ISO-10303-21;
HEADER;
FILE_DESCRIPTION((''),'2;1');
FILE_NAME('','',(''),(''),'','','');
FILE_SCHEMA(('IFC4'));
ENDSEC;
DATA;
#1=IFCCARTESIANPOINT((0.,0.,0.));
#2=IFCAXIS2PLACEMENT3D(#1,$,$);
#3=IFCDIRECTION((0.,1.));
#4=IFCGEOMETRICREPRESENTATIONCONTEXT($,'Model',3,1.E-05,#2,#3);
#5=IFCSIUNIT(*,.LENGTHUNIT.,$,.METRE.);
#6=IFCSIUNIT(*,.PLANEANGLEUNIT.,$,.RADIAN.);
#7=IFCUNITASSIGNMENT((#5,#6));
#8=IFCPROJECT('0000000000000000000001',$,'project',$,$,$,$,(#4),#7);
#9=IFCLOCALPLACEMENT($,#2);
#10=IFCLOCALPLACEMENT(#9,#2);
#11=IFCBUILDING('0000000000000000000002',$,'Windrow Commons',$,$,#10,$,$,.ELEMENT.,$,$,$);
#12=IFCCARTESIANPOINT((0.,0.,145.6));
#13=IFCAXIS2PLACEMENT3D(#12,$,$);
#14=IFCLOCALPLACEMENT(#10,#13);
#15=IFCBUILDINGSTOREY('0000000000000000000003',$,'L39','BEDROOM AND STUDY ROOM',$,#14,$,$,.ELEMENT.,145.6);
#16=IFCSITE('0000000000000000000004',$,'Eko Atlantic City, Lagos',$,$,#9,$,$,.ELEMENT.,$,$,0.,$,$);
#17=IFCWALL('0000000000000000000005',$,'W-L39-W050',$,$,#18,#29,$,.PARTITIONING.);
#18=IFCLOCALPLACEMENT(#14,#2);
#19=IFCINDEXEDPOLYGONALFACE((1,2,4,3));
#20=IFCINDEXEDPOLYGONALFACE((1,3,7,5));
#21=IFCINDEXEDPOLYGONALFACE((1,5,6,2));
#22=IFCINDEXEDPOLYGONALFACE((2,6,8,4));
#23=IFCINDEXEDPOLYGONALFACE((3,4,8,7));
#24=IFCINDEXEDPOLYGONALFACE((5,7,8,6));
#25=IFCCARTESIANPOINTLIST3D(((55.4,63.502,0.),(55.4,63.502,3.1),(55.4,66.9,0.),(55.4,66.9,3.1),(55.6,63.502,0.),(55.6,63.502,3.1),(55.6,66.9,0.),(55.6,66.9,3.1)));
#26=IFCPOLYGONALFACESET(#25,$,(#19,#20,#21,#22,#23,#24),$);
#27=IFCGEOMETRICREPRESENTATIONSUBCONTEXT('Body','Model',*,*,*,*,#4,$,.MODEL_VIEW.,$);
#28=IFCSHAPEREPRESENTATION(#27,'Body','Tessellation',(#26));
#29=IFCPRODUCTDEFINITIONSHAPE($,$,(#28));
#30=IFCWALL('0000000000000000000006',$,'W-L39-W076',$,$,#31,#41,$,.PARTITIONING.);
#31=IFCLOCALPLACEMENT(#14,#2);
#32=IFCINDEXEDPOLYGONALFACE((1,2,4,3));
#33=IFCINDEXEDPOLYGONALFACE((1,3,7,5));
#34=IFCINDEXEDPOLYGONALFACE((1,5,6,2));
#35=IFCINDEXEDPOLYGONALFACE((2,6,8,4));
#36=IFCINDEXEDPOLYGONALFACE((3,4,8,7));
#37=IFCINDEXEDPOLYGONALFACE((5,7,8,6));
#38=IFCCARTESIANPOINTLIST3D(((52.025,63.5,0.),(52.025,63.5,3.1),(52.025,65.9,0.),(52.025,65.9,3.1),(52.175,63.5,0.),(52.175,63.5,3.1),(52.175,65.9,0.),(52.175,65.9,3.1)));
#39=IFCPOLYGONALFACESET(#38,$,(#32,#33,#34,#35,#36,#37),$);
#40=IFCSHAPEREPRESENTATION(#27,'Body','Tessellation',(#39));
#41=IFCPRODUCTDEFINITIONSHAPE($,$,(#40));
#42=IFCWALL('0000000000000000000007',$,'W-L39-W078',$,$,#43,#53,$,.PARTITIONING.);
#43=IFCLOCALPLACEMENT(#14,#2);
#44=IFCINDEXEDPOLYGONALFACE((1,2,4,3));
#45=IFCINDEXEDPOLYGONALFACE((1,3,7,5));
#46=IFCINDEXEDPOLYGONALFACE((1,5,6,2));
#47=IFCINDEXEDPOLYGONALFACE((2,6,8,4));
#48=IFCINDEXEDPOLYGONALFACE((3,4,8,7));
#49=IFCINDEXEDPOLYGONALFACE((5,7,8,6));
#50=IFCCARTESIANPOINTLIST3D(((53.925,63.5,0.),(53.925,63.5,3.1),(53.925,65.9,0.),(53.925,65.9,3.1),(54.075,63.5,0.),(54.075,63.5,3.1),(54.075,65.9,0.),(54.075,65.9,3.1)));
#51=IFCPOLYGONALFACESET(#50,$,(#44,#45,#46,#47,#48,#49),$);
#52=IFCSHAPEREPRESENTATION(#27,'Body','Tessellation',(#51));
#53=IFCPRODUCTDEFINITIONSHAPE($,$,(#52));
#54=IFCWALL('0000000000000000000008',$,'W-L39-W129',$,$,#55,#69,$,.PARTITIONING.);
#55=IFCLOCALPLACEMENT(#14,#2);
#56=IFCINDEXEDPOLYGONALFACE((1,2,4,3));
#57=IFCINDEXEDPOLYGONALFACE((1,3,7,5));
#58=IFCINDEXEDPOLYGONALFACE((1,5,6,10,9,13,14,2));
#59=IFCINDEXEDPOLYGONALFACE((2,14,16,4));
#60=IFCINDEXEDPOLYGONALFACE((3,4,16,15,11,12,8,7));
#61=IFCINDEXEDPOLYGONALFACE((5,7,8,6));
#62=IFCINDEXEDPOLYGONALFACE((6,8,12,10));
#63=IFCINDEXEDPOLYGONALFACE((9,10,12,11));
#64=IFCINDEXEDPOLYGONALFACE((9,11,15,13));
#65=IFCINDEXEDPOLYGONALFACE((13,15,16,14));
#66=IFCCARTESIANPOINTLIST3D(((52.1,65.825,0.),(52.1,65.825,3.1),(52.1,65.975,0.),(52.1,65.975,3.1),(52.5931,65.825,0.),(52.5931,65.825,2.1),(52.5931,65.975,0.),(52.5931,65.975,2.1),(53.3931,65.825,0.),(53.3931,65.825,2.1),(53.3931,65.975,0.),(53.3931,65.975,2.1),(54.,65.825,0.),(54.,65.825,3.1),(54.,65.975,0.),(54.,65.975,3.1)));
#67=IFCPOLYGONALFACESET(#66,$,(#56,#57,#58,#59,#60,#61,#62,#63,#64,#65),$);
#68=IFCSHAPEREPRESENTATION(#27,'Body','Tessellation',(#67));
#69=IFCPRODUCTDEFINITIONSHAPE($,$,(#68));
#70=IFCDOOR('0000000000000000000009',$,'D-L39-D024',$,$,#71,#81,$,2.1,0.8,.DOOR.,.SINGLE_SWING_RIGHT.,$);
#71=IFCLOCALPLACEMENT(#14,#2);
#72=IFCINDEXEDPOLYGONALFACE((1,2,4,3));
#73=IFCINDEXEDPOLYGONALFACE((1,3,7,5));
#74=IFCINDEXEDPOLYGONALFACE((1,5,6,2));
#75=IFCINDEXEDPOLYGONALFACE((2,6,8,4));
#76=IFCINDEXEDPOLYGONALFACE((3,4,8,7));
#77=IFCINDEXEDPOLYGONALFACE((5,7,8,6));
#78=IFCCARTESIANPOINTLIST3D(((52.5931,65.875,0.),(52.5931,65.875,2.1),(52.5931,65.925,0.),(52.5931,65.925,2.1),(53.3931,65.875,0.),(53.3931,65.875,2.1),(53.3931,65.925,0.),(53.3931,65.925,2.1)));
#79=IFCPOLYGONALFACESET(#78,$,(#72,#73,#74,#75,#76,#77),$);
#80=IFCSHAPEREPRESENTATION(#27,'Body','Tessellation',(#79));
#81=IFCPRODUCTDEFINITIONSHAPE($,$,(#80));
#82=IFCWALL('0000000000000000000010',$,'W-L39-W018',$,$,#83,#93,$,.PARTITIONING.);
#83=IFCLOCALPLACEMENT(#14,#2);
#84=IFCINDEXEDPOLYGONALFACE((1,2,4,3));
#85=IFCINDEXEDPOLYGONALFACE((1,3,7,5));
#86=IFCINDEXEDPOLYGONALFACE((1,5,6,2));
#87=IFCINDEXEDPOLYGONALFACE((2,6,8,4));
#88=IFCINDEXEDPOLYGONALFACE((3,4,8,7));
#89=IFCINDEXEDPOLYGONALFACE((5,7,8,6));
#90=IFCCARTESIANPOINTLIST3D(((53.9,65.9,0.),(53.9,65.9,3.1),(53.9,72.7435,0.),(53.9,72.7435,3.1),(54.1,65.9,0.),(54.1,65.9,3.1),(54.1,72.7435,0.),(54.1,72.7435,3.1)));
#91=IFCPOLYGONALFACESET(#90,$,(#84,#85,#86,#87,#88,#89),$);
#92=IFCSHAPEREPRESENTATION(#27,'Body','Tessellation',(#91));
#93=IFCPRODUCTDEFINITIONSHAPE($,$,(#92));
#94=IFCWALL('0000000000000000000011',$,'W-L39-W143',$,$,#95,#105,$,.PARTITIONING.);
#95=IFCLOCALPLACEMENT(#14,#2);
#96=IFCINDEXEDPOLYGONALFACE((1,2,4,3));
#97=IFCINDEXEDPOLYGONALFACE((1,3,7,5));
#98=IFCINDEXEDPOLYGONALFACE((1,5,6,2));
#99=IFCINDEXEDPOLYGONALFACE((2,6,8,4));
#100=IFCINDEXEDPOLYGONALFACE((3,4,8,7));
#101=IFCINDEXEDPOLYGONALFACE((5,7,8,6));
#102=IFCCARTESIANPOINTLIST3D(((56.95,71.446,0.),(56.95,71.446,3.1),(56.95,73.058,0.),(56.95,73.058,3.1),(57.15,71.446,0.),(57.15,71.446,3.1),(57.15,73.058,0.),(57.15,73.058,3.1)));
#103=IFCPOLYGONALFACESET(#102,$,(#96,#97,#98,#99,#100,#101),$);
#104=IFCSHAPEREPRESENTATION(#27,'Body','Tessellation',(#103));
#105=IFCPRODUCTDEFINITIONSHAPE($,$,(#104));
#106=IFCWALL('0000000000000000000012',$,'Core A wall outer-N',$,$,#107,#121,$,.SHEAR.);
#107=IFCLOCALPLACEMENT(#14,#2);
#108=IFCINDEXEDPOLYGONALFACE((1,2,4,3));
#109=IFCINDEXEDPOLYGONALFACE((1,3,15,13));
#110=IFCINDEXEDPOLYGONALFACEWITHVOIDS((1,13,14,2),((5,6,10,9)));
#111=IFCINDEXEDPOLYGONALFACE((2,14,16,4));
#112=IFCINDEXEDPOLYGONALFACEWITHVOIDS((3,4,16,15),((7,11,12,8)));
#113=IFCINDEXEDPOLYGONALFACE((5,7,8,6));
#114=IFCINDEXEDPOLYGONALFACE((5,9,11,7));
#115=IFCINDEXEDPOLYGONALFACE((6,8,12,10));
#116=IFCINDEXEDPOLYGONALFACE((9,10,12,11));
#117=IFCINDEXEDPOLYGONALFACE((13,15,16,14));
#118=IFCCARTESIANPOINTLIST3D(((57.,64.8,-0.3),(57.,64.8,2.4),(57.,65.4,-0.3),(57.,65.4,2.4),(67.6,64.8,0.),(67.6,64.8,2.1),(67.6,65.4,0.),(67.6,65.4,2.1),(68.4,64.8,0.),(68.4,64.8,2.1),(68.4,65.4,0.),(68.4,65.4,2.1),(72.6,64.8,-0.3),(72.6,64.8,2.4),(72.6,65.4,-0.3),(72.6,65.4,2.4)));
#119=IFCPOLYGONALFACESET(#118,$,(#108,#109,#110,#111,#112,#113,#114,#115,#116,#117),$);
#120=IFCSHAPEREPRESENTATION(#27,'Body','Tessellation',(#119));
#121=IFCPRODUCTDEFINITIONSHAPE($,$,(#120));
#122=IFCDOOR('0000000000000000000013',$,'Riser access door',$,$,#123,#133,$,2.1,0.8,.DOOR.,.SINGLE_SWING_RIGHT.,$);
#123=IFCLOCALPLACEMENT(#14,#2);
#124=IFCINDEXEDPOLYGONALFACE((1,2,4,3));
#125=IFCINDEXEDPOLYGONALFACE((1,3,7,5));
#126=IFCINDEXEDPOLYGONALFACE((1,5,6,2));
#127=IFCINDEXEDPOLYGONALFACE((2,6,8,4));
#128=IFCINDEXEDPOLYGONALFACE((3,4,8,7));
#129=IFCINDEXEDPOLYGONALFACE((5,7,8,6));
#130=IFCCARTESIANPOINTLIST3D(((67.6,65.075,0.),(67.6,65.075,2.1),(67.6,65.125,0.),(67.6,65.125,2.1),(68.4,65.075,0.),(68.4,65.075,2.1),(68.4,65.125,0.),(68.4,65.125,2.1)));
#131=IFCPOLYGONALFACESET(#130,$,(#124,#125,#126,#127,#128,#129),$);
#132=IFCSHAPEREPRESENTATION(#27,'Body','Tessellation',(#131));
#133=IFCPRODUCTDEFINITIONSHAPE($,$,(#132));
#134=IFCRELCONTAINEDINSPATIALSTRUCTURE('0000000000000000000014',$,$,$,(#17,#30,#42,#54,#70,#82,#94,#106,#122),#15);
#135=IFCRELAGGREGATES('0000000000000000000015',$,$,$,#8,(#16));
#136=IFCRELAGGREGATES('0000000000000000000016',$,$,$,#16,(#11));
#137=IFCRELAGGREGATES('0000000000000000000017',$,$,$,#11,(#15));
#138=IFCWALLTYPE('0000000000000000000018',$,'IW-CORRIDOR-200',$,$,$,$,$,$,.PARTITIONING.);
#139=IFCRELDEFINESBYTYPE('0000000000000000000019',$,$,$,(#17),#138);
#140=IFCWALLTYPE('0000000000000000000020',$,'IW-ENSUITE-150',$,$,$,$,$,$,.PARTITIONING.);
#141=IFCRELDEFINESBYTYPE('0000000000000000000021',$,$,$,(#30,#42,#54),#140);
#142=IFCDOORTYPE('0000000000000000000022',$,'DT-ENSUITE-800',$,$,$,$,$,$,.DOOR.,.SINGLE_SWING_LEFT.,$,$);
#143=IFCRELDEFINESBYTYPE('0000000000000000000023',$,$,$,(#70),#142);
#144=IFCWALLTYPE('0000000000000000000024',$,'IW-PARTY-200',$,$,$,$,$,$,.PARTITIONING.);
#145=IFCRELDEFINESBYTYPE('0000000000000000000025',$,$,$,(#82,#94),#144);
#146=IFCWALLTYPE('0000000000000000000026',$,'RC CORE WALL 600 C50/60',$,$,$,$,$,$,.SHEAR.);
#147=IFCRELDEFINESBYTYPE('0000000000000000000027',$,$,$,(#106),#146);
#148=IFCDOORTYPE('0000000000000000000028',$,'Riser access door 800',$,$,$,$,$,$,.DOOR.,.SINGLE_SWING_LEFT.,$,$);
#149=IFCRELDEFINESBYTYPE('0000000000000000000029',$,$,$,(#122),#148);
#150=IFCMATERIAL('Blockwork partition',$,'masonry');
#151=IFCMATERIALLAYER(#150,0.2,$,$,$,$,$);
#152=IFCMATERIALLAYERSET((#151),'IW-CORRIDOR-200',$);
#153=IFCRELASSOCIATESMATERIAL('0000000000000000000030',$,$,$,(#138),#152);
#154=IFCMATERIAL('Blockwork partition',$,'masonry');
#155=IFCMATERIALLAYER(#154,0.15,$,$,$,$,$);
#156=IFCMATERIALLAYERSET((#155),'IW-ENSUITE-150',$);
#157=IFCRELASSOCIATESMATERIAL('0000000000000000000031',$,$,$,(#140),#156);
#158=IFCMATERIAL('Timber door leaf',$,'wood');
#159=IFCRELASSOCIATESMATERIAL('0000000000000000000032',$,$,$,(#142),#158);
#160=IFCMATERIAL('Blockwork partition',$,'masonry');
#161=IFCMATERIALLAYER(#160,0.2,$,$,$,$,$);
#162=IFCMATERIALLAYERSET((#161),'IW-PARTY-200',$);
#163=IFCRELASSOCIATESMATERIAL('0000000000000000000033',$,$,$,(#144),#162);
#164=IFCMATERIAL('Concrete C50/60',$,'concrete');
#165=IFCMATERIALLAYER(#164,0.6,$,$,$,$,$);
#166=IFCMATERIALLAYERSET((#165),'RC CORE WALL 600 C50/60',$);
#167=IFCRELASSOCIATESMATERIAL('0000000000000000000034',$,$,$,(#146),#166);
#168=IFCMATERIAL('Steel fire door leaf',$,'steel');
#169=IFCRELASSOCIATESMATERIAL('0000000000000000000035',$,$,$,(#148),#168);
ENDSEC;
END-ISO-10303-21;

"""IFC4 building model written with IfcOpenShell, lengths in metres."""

from ifc_helpers import new_model, si_unit, direction, frame, frame_2d, origin, place, context, subcontext, project, spatial, rectangle, extrude, material, layer, layer_set, type_object, element, fill, save


model = new_model("IFC4")

# Units and contexts
model_context = context("Model", 3, precision=1e-05, world=origin(), true_north=direction((0.0, 1.0)))
body_context = subcontext(model_context, "Body", "Model", "MODEL_VIEW")
ifc_project = project(units=[si_unit("LENGTHUNIT", "METRE"), si_unit("PLANEANGLEUNIT", "RADIAN")], contexts=[model_context])

# Site, building, storey
site_placement = place(None, origin())
site = spatial("IfcSite", under=ifc_project, at=site_placement, Name="Eko Atlantic City, Lagos", CompositionType="ELEMENT", RefElevation=0.0)
building_placement = place(site_placement, origin())
building = spatial("IfcBuilding", under=site, at=building_placement, Name="Windrow Commons", CompositionType="ELEMENT")
storey_placement = place(building_placement, frame((0.0, 0.0, 145.6)))
storey = spatial("IfcBuildingStorey", under=building, at=storey_placement, Name="L39", Description="BEDROOM AND STUDY ROOM", CompositionType="ELEMENT", Elevation=145.6)

# Shared definitions
ifc_material_1 = material(Name="Blockwork partition", Category="masonry")
ifc_layer_1 = layer(ifc_material_1, 0.2)
ifc_layer_set_1 = layer_set([ifc_layer_1], Name="IW-CORRIDOR-200")
wall_type_1 = type_object("IfcWallType", Name="IW-CORRIDOR-200", PredefinedType="PARTITIONING", material=ifc_layer_set_1)

# Walls
wall_1_placement = place(storey_placement, frame((55.5, 63.502, 0.0), z_axis=(0.0, 0.0, 1.0), x_axis=(0.0, 1.0, 0.0)))
element("IfcWall", 1, at=wall_1_placement, inside=storey, type_object=wall_type_1, Name="W-L39-W050", PredefinedType="PARTITIONING", context=body_context, shape_type="SweptSolid", body=[
    extrude(rectangle(XDim=3.398, YDim=0.2, at=frame_2d((1.699, 0.0))), origin(), (0.0, 0.0, 1.0), 3.1),
])
ifc_material_2 = material(Name="Blockwork partition", Category="masonry")
ifc_layer_2 = layer(ifc_material_2, 0.15)
ifc_layer_set_2 = layer_set([ifc_layer_2], Name="IW-ENSUITE-150")
wall_type_2 = type_object("IfcWallType", Name="IW-ENSUITE-150", PredefinedType="PARTITIONING", material=ifc_layer_set_2)
for number, where, z_axis, x_axis, name in (
    (2, (52.1, 63.5, 0.0), (0.0, 0.0, 1.0), (0.0, 1.0, 0.0), "W-L39-W076"),
    (3, (54.0, 63.5, 0.0), (0.0, 0.0, 1.0), (0.0, 1.0, 0.0), "W-L39-W078"),
):
    element("IfcWall", number, at=place(storey_placement, frame(where, z_axis=z_axis, x_axis=x_axis)), inside=storey, type_object=wall_type_2, Name=name, PredefinedType="PARTITIONING", context=body_context, shape_type="SweptSolid", body=[
        extrude(rectangle(XDim=2.4, YDim=0.15, at=frame_2d((1.2, 0.0))), origin(), (0.0, 0.0, 1.0), 3.1),
    ])

# Wall, opening, door
wall_2_placement = place(storey_placement, frame((52.1, 65.9, 0.0), z_axis=(0.0, 0.0, 1.0), x_axis=(1.0, 0.0, 0.0)))
wall_2 = element("IfcWall", 4, at=wall_2_placement, inside=storey, type_object=wall_type_2, Name="W-L39-W129", PredefinedType="PARTITIONING", context=body_context, shape_type="SweptSolid", body=[
    extrude(rectangle(XDim=1.9, YDim=0.15, at=frame_2d((0.95, 0.0))), origin(), (0.0, 0.0, 1.0), 3.1),
])
opening_1_placement = place(wall_2_placement, frame((0.4931, 0.0, 0.0)))
opening_1 = element("IfcOpeningElement", 5, at=opening_1_placement, cuts=wall_2, PredefinedType="OPENING", context=body_context, shape_type="SweptSolid", body=[
    extrude(rectangle(XDim=0.8, YDim=2.1, at=frame_2d((0.4, 1.05))), frame((0.0, 0.085, 0.0), z_axis=(0.0, -1.0, 0.0), x_axis=(1.0, 0.0, 0.0)), (0.0, 0.0, 1.0), 0.17),
])
ifc_material_3 = material(Name="Timber door leaf", Category="wood")
door_type_1 = type_object("IfcDoorType", Name="DT-ENSUITE-800", OperationType="SINGLE_SWING_LEFT", PredefinedType="DOOR", material=ifc_material_3)
door_1_placement = place(opening_1_placement, origin())
door_1 = element("IfcDoor", 6, at=door_1_placement, inside=storey, type_object=door_type_1, Name="D-L39-D024", OperationType="SINGLE_SWING_RIGHT", OverallHeight=2.1, OverallWidth=0.8, PredefinedType="DOOR", context=body_context, shape_type="SweptSolid", body=[
    extrude(rectangle(XDim=0.8, YDim=2.1, at=frame_2d((0.4, 1.05))), frame((0.0, 0.025, 0.0), z_axis=(0.0, -1.0, 0.0), x_axis=(1.0, 0.0, 0.0)), (0.0, 0.0, 1.0), 0.05),
])
fill(opening_1, door_1)

# Walls
ifc_material_4 = material(Name="Blockwork partition", Category="masonry")
ifc_layer_3 = layer(ifc_material_4, 0.2)
ifc_layer_set_3 = layer_set([ifc_layer_3], Name="IW-PARTY-200")
wall_type_3 = type_object("IfcWallType", Name="IW-PARTY-200", PredefinedType="PARTITIONING", material=ifc_layer_set_3)
wall_3_placement = place(storey_placement, frame((54.0, 65.9, 0.0), z_axis=(0.0, 0.0, 1.0), x_axis=(0.0, 1.0, 0.0)))
element("IfcWall", 7, at=wall_3_placement, inside=storey, type_object=wall_type_3, Name="W-L39-W018", PredefinedType="PARTITIONING", context=body_context, shape_type="SweptSolid", body=[
    extrude(rectangle(XDim=6.8435, YDim=0.2, at=frame_2d((3.4217, 0.0))), origin(), (0.0, 0.0, 1.0), 3.1),
])
wall_4_placement = place(storey_placement, frame((57.05, 71.446, 0.0), z_axis=(0.0, 0.0, 1.0), x_axis=(0.0, 1.0, 0.0)))
element("IfcWall", 8, at=wall_4_placement, inside=storey, type_object=wall_type_3, Name="W-L39-W143", PredefinedType="PARTITIONING", context=body_context, shape_type="SweptSolid", body=[
    extrude(rectangle(XDim=1.6119, YDim=0.2, at=frame_2d((0.806, 0.0))), origin(), (0.0, 0.0, 1.0), 3.1),
])

# Wall, opening, door
ifc_material_5 = material(Name="Concrete C50/60", Category="concrete")
ifc_layer_4 = layer(ifc_material_5, 0.6)
ifc_layer_set_4 = layer_set([ifc_layer_4], Name="RC CORE WALL 600 C50/60")
wall_type_4 = type_object("IfcWallType", Name="RC CORE WALL 600 C50/60", PredefinedType="SHEAR", material=ifc_layer_set_4)
wall_5_placement = place(storey_placement, frame((57.0, 65.1, -0.3), z_axis=(0.0, 0.0, 1.0), x_axis=(1.0, 0.0, 0.0)))
wall_5 = element("IfcWall", 9, at=wall_5_placement, inside=storey, type_object=wall_type_4, Name="Core A wall outer-N", PredefinedType="SHEAR", context=body_context, shape_type="SweptSolid", body=[
    extrude(rectangle(XDim=15.6, YDim=0.6, at=frame_2d((7.8, 0.0))), origin(), (0.0, 0.0, 1.0), 2.7),
])
opening_2_placement = place(wall_5_placement, frame((10.6, 0.0, 0.3)))
opening_2 = element("IfcOpeningElement", 10, at=opening_2_placement, cuts=wall_5, PredefinedType="OPENING", context=body_context, shape_type="SweptSolid", body=[
    extrude(rectangle(XDim=0.8, YDim=2.1, at=frame_2d((0.4, 1.05))), frame((0.0, 0.31, 0.0), z_axis=(0.0, -1.0, 0.0), x_axis=(1.0, 0.0, 0.0)), (0.0, 0.0, 1.0), 0.62),
])
ifc_material_6 = material(Name="Steel fire door leaf", Category="steel")
door_type_2 = type_object("IfcDoorType", Name="Riser access door 800", OperationType="SINGLE_SWING_LEFT", PredefinedType="DOOR", material=ifc_material_6)
door_2_placement = place(opening_2_placement, origin())
door_2 = element("IfcDoor", 11, at=door_2_placement, inside=storey, type_object=door_type_2, Name="Riser access door", OperationType="SINGLE_SWING_RIGHT", OverallHeight=2.1, OverallWidth=0.8, PredefinedType="DOOR", context=body_context, shape_type="SweptSolid", body=[
    extrude(rectangle(XDim=0.8, YDim=2.1, at=frame_2d((0.4, 1.05))), frame((0.0, 0.025, 0.0), z_axis=(0.0, -1.0, 0.0), x_axis=(1.0, 0.0, 0.0)), (0.0, 0.0, 1.0), 0.05),
])
fill(opening_2, door_2)

save(model, "model.ifc")
